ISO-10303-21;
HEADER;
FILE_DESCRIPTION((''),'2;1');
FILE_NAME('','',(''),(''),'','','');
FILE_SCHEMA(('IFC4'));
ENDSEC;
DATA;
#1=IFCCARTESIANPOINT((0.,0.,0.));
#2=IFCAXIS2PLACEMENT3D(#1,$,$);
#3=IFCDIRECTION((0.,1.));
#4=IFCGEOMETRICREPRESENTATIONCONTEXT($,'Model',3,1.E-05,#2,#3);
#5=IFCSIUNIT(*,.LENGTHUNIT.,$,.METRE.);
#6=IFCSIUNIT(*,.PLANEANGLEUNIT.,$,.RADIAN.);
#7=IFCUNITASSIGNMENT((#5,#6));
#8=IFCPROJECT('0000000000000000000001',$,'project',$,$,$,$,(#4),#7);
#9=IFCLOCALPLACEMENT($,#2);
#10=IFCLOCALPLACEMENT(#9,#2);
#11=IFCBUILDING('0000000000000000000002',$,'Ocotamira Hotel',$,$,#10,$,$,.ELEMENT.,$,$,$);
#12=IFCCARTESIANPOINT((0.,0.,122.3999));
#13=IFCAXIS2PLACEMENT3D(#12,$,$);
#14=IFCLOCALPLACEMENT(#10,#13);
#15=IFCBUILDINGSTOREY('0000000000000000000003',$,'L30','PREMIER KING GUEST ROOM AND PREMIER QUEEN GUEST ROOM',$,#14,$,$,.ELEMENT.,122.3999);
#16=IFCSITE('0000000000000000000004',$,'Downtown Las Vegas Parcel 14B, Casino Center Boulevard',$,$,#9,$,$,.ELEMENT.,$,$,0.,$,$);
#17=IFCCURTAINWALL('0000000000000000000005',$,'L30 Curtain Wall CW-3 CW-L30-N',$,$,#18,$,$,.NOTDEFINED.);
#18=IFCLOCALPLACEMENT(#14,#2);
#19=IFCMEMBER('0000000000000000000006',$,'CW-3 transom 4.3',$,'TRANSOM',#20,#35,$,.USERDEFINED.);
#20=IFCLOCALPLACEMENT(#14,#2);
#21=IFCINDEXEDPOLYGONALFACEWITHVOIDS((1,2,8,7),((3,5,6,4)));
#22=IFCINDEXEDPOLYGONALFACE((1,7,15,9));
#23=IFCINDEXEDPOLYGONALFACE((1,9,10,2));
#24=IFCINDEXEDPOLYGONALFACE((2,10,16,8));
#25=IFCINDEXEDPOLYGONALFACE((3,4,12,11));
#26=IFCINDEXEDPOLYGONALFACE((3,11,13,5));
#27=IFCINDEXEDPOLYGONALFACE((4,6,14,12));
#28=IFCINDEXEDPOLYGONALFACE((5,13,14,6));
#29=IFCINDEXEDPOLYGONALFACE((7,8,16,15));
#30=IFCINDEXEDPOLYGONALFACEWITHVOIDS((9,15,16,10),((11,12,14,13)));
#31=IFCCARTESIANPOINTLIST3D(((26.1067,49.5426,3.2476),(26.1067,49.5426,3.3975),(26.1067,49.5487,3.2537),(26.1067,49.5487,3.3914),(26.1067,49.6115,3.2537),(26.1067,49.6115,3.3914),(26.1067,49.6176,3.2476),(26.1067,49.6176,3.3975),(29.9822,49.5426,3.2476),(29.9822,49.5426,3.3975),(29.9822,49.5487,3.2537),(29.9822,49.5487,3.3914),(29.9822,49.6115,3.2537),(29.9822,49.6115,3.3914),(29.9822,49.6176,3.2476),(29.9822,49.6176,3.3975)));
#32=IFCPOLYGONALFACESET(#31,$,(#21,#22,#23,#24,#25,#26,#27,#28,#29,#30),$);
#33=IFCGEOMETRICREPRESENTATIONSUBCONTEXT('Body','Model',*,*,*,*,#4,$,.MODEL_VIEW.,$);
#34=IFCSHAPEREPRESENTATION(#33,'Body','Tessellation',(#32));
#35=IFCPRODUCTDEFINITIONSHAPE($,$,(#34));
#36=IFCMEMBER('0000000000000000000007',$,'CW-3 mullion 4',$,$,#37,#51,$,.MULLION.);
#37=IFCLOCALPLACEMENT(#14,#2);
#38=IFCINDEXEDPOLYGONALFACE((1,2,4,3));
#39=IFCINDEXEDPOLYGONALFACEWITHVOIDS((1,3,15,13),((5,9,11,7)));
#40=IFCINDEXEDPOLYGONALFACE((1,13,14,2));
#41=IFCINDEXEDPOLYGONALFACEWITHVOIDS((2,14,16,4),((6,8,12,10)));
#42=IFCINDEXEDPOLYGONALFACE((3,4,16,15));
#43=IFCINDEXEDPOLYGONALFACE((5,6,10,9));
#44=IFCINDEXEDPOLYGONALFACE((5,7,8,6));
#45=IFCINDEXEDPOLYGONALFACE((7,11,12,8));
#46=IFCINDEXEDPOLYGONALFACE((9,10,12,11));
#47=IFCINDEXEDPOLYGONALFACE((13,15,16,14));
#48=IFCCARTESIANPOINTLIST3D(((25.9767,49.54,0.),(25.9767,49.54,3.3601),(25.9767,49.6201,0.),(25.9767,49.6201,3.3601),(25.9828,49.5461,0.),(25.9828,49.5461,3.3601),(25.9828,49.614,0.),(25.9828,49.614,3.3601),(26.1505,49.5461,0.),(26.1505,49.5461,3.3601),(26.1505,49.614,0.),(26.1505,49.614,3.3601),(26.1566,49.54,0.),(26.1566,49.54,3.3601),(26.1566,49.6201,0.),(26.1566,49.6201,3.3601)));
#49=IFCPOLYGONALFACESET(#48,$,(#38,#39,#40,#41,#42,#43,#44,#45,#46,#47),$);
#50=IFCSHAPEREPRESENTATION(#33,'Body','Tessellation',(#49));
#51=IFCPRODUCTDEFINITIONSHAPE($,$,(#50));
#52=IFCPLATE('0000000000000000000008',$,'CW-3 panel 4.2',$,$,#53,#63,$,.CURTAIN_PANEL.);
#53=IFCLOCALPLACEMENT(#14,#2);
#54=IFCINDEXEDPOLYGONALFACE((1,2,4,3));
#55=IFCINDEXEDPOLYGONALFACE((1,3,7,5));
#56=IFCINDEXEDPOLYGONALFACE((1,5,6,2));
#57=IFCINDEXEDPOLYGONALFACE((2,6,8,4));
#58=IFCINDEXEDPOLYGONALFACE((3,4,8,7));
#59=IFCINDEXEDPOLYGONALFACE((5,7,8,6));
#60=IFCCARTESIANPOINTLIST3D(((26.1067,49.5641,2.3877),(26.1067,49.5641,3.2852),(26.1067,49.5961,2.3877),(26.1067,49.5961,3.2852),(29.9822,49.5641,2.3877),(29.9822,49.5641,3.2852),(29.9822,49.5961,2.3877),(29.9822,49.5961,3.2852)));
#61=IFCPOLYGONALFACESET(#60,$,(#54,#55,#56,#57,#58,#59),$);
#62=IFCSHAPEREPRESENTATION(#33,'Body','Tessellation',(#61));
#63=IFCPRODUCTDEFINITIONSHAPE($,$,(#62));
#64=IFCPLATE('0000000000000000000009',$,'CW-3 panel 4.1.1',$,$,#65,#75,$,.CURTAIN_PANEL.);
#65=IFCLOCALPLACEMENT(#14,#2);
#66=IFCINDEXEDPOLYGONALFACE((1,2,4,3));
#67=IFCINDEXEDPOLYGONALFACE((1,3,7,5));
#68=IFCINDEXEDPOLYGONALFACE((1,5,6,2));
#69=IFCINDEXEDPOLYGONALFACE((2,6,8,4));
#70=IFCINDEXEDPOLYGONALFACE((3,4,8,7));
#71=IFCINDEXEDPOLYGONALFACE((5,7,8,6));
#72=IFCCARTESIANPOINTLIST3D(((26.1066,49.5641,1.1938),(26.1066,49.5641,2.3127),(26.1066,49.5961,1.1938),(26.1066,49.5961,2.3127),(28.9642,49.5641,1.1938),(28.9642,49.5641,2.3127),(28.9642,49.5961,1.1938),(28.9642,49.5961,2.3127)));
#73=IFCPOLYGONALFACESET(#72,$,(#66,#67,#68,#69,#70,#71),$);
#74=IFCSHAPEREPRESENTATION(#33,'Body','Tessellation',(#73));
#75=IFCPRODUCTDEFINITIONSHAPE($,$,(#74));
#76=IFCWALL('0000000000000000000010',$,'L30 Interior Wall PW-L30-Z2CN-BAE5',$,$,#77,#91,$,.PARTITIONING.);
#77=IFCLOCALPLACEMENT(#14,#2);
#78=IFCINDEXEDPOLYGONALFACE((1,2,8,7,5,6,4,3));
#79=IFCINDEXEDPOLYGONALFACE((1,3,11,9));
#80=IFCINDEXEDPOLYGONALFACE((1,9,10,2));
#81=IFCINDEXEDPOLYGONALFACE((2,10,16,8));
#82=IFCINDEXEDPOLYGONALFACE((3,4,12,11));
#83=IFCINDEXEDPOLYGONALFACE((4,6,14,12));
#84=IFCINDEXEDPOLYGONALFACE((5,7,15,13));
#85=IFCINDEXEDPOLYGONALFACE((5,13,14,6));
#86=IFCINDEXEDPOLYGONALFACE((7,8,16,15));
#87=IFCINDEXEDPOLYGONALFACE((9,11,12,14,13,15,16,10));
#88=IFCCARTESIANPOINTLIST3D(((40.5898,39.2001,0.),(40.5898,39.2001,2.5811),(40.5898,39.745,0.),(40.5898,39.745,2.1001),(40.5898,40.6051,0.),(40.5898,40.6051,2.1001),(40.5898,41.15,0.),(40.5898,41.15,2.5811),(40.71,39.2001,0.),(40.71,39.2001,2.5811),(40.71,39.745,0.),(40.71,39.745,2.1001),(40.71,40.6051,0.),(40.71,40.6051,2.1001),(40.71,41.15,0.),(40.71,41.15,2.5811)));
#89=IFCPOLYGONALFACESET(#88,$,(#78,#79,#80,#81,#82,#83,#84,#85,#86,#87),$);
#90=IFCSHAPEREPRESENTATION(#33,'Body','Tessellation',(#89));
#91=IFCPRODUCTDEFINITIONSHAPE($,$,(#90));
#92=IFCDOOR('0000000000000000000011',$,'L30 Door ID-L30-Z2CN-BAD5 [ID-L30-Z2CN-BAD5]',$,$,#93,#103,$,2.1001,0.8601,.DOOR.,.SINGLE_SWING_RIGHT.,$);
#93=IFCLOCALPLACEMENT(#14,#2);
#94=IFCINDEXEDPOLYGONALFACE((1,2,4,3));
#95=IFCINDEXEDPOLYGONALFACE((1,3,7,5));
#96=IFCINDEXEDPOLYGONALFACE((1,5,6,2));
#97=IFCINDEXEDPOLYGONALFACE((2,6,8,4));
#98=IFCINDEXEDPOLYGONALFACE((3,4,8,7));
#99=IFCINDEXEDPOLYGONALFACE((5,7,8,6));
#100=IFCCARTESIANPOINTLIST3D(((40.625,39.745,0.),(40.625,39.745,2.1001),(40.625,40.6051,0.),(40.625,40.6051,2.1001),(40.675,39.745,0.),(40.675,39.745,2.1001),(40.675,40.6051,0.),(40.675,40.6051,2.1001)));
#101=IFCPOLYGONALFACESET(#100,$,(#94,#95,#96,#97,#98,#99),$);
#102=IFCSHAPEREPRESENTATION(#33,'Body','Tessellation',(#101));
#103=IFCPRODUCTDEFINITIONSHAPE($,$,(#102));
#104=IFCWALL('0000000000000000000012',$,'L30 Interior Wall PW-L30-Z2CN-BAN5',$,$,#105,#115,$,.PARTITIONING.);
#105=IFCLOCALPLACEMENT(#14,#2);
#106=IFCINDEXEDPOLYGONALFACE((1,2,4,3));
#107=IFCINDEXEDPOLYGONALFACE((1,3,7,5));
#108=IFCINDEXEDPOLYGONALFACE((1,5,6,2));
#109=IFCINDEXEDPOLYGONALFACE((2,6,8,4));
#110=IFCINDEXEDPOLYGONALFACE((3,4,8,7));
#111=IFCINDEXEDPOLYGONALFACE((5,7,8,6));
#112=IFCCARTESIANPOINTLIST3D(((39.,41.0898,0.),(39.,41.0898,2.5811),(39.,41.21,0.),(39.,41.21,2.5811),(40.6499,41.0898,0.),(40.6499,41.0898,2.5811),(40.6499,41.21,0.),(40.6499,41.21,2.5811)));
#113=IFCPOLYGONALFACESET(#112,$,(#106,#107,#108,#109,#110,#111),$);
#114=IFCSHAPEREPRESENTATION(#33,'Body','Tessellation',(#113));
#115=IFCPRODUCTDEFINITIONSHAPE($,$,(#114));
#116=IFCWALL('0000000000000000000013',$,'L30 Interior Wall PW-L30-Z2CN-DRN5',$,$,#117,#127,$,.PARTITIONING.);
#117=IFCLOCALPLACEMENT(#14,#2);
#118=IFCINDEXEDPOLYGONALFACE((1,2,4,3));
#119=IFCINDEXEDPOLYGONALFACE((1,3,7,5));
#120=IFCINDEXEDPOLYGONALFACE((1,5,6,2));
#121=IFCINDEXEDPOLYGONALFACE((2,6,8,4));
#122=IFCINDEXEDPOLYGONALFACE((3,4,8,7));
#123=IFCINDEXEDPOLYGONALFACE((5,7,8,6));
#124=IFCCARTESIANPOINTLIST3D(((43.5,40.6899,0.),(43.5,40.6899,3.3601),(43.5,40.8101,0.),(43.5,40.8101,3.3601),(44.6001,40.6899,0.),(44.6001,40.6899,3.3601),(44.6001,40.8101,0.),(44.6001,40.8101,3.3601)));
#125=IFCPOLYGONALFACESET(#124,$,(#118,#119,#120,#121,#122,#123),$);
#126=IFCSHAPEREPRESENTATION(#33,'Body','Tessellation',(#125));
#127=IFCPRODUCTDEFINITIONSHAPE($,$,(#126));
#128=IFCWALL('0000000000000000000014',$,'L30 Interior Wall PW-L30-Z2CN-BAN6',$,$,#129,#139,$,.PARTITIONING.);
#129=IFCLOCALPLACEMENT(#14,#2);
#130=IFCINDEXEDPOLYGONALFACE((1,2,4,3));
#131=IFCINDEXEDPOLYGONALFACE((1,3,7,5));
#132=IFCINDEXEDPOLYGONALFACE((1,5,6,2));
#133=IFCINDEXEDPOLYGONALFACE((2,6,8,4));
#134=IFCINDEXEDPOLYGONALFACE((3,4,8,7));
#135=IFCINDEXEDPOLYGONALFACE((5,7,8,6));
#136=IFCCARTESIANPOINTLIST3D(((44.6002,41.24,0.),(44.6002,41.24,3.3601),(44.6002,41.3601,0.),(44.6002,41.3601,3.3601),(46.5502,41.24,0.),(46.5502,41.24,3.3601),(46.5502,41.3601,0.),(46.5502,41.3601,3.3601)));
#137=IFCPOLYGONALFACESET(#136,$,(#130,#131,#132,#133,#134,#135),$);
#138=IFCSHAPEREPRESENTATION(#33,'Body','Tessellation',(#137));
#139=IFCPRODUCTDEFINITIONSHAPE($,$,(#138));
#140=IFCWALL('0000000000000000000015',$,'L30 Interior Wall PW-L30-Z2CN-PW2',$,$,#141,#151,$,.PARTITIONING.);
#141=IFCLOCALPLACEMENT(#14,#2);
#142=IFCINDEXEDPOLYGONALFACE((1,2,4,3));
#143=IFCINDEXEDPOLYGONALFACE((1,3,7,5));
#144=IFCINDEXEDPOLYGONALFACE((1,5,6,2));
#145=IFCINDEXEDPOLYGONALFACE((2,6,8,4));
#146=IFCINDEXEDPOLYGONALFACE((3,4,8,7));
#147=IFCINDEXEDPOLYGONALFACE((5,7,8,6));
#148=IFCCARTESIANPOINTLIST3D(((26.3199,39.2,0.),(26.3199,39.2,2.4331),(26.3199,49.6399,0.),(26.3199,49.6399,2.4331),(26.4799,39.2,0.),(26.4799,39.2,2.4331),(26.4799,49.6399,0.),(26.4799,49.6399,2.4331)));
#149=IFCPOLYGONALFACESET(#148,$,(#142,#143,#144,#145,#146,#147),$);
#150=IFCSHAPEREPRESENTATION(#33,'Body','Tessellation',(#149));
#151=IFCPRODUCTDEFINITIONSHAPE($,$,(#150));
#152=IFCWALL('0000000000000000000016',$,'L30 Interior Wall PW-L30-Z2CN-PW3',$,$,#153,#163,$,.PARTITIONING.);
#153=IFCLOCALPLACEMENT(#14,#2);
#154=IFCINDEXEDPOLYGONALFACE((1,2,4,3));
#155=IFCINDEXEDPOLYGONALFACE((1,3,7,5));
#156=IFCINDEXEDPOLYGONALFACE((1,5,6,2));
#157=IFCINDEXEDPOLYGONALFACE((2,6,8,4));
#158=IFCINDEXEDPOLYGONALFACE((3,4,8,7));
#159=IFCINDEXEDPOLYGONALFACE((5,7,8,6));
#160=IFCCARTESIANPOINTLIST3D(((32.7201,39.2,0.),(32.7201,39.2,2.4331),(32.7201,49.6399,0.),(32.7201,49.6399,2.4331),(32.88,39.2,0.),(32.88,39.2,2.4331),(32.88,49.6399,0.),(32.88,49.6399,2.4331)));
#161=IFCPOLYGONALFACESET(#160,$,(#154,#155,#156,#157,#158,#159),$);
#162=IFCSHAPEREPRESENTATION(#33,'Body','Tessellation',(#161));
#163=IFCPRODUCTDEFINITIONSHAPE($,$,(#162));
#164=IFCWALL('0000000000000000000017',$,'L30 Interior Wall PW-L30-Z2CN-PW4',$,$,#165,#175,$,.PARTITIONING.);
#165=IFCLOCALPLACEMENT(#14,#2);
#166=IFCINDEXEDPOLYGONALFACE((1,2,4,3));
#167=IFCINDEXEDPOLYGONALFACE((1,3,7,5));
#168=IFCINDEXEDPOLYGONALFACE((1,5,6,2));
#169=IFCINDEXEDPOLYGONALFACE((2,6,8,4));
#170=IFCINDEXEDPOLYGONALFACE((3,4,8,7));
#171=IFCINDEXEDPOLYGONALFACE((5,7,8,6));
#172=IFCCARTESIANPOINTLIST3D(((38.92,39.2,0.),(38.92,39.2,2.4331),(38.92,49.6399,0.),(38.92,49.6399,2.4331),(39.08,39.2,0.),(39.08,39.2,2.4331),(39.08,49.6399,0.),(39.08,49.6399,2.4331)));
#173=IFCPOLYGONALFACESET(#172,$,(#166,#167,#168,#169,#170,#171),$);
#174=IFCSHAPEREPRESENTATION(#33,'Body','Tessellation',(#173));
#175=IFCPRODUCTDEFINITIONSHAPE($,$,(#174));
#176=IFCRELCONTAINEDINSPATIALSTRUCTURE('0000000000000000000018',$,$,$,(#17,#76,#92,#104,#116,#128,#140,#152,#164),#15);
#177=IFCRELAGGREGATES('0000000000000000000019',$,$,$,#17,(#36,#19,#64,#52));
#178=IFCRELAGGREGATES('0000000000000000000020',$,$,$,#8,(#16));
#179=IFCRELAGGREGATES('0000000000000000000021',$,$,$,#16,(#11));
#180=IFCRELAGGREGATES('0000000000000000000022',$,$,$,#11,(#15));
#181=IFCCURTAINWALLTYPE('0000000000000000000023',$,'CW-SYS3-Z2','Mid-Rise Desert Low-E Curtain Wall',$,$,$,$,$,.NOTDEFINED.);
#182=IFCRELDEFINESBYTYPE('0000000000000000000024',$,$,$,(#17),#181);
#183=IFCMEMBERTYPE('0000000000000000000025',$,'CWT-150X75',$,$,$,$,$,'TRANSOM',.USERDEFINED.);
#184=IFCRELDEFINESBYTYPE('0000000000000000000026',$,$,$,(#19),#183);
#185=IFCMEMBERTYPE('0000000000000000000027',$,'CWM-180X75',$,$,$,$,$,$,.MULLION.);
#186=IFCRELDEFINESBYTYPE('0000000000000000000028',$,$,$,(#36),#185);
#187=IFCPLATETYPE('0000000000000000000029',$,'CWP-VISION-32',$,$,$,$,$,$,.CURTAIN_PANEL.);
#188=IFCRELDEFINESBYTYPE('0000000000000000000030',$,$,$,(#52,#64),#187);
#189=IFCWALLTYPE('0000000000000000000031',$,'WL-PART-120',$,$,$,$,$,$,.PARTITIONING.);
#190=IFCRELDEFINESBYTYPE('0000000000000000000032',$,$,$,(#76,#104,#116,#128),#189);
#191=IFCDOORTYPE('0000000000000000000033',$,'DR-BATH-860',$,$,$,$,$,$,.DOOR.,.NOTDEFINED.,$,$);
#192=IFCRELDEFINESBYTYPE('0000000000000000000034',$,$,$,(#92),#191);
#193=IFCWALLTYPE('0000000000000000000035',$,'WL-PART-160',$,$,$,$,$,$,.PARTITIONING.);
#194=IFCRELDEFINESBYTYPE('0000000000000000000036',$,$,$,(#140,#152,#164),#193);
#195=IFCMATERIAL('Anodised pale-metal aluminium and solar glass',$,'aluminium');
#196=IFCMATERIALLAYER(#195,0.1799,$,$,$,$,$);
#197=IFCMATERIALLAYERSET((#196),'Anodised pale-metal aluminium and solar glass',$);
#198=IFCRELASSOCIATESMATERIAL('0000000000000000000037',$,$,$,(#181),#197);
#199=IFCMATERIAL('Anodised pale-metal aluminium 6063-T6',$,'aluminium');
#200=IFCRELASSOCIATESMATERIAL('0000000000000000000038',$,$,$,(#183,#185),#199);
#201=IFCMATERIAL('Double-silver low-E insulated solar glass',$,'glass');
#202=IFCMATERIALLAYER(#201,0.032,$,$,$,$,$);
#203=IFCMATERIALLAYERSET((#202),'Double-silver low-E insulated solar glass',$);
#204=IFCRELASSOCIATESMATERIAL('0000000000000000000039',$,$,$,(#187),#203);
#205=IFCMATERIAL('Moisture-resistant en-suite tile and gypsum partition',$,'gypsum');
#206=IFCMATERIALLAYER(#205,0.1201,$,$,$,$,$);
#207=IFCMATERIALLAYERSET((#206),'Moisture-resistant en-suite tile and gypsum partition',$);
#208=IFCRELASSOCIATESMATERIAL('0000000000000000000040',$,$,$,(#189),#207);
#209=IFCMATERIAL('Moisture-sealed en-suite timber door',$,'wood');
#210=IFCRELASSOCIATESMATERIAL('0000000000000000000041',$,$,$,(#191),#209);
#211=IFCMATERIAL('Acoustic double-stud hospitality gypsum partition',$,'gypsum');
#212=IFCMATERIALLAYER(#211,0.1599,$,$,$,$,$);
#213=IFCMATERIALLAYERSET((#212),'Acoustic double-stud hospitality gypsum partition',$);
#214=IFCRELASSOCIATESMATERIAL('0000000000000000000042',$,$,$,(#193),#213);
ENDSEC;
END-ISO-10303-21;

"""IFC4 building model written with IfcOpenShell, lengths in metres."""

from ifc_helpers import new_model, si_unit, direction, frame, frame_2d, origin, origin_2d, place, context, subcontext, project, spatial, rectangle, hollow_rectangle, extrude, source, transform, mapped, material, layer, layer_set, material_profile, profile_set, type_object, element, fill, aggregate, save


model = new_model("IFC4")

# Units and contexts
model_context = context("Model", 3, precision=1e-05, world=origin(), true_north=direction((0.0, 1.0)))
body_context = subcontext(model_context, "Body", "Model", "MODEL_VIEW")
ifc_project = project(units=[si_unit("LENGTHUNIT", "METRE"), si_unit("PLANEANGLEUNIT", "RADIAN")], contexts=[model_context])

# Site, building, storey
site_placement = place(None, origin())
site = spatial("IfcSite", under=ifc_project, at=site_placement, Name="Downtown Las Vegas Parcel 14B, Casino Center Boulevard", CompositionType="ELEMENT", RefElevation=0.0)
building_placement = place(site_placement, origin())
building = spatial("IfcBuilding", under=site, at=building_placement, Name="Ocotamira Hotel", CompositionType="ELEMENT")
storey_placement = place(building_placement, frame((0.0, 0.0, 122.3999)))
storey = spatial("IfcBuildingStorey", under=building, at=storey_placement, Name="L30", Description="PREMIER KING GUEST ROOM AND PREMIER QUEEN GUEST ROOM", CompositionType="ELEMENT", Elevation=122.3999)

# Curtain wall, members, plates
ifc_material_1 = material(Name="Anodised pale-metal aluminium and solar glass", Category="aluminium")
ifc_layer_1 = layer(ifc_material_1, 0.1799)
ifc_layer_set_1 = layer_set([ifc_layer_1], Name="Anodised pale-metal aluminium and solar glass")
curtain_wall_type = type_object("IfcCurtainWallType", Name="CW-SYS3-Z2", Description="Mid-Rise Desert Low-E Curtain Wall", PredefinedType="NOTDEFINED", material=ifc_layer_set_1)
curtain_wall_placement = place(storey_placement, origin())
curtain_wall = element("IfcCurtainWall", 1, at=curtain_wall_placement, inside=storey, type_object=curtain_wall_type, Name="L30 Curtain Wall CW-3 CW-L30-N", PredefinedType="NOTDEFINED")
ifc_material_2 = material(Name="Anodised pale-metal aluminium 6063-T6", Category="aluminium")
ifc_material_profile_1 = material_profile(ifc_material_2, hollow_rectangle(XDim=0.075, YDim=0.1499, WallThickness=0.0061, at=origin_2d()), Name="HSS150X75X6")
ifc_profile_set_1 = profile_set([ifc_material_profile_1], Name="Anodised pale-metal aluminium 6063-T6")
member_type_1 = type_object("IfcMemberType", Name="CWT-150X75", ElementType="TRANSOM", PredefinedType="USERDEFINED", material=ifc_profile_set_1)
shared_shape_1 = source(origin(), body_context, "Body", "SweptSolid", [
    extrude(hollow_rectangle(XDim=0.075, YDim=0.1499, WallThickness=0.0061, at=origin_2d()), origin(), (0.0, 0.0, 1.0), 3.8755),
])
member_1_placement = place(storey_placement, frame((26.1067, 49.5801, 3.3225), z_axis=(1.0, 0.0, 0.0), x_axis=(0.0, 1.0, 0.0)))
member_1 = element("IfcMember", 2, at=member_1_placement, type_object=member_type_1, Name="CW-3 transom 4.3", ObjectType="TRANSOM", PredefinedType="USERDEFINED", context=body_context, shape_type="MappedRepresentation", body=[
    mapped(shared_shape_1, transform((0.0, 0.0, 0.0), scale=1.0)),
])
ifc_material_profile_2 = material_profile(ifc_material_2, hollow_rectangle(XDim=0.0801, YDim=0.1799, WallThickness=0.0061, at=origin_2d()), Name="HSS180X80X6")
ifc_profile_set_2 = profile_set([ifc_material_profile_2], Name="Anodised pale-metal aluminium 6063-T6")
member_type_2 = type_object("IfcMemberType", Name="CWM-180X75", PredefinedType="MULLION", material=ifc_profile_set_2)
shared_shape_2 = source(origin(), body_context, "Body", "SweptSolid", [
    extrude(hollow_rectangle(XDim=0.0801, YDim=0.1799, WallThickness=0.0061, at=origin_2d()), origin(), (0.0, 0.0, 1.0), 3.3601),
])
member_2_placement = place(storey_placement, frame((26.0667, 49.5801, 0.0), z_axis=(0.0, 0.0, 1.0), x_axis=(0.0, 1.0, 0.0)))
member_2 = element("IfcMember", 3, at=member_2_placement, type_object=member_type_2, Name="CW-3 mullion 4", PredefinedType="MULLION", context=body_context, shape_type="MappedRepresentation", body=[
    mapped(shared_shape_2, transform((0.0, 0.0, 0.0), scale=1.0)),
])
ifc_material_3 = material(Name="Double-silver low-E insulated solar glass", Category="glass")
ifc_layer_2 = layer(ifc_material_3, 0.032)
ifc_layer_set_2 = layer_set([ifc_layer_2], Name="Double-silver low-E insulated solar glass")
plate_type = type_object("IfcPlateType", Name="CWP-VISION-32", PredefinedType="CURTAIN_PANEL", material=ifc_layer_set_2)
shared_shape_3 = source(origin(), body_context, "Body", "SweptSolid", [
    extrude(rectangle(XDim=3.8755, YDim=0.032, at=origin_2d()), origin(), (0.0, 0.0, 1.0), 0.8975),
])
plate_1_placement = place(storey_placement, frame((28.0444, 49.5801, 2.3877), z_axis=(0.0, 0.0, 1.0), x_axis=(1.0, 0.0, 0.0)))
plate_1 = element("IfcPlate", 4, at=plate_1_placement, type_object=plate_type, Name="CW-3 panel 4.2", PredefinedType="CURTAIN_PANEL", context=body_context, shape_type="MappedRepresentation", body=[
    mapped(shared_shape_3, transform((0.0, 0.0, 0.0), scale=1.0)),
])
shared_shape_4 = source(origin(), body_context, "Body", "SweptSolid", [
    extrude(rectangle(XDim=2.8577, YDim=0.032, at=origin_2d()), origin(), (0.0, 0.0, 1.0), 1.1189),
])
plate_2_placement = place(storey_placement, frame((27.5354, 49.5801, 1.1938), z_axis=(0.0, 0.0, 1.0), x_axis=(1.0, 0.0, 0.0)))
plate_2 = element("IfcPlate", 5, at=plate_2_placement, type_object=plate_type, Name="CW-3 panel 4.1.1", PredefinedType="CURTAIN_PANEL", context=body_context, shape_type="MappedRepresentation", body=[
    mapped(shared_shape_4, transform((0.0, 0.0, 0.0), scale=1.0)),
])
aggregate(curtain_wall, [member_2, member_1, plate_2, plate_1])

# Wall, opening, door
ifc_material_4 = material(Name="Moisture-resistant en-suite tile and gypsum partition", Category="gypsum")
ifc_layer_3 = layer(ifc_material_4, 0.1201)
ifc_layer_set_3 = layer_set([ifc_layer_3], Name="Moisture-resistant en-suite tile and gypsum partition")
wall_type_1 = type_object("IfcWallType", Name="WL-PART-120", PredefinedType="PARTITIONING", material=ifc_layer_set_3)
wall_1_placement = place(storey_placement, frame((40.6499, 39.2, 0.0), z_axis=(0.0, 0.0, 1.0), x_axis=(0.0, 1.0, 0.0)))
wall_1 = element("IfcWall", 6, at=wall_1_placement, inside=storey, type_object=wall_type_1, Name="L30 Interior Wall PW-L30-Z2CN-BAE5", PredefinedType="PARTITIONING", context=body_context, shape_type="SweptSolid", body=[
    extrude(rectangle(XDim=1.95, YDim=0.1201, at=frame_2d((0.9751, 0.0))), origin(), (0.0, 0.0, 1.0), 2.5811),
])
opening_1_placement = place(wall_1_placement, frame((0.5449, 0.0, 0.0)))
opening_1 = element("IfcOpeningElement", 7, at=opening_1_placement, cuts=wall_1, PredefinedType="OPENING", context=body_context, shape_type="SweptSolid", body=[
    extrude(rectangle(XDim=0.8601, YDim=2.1001, at=frame_2d((0.4302, 1.05))), frame((0.0, 0.0701, 0.0), z_axis=(0.0, -1.0, 0.0), x_axis=(1.0, 0.0, 0.0)), (0.0, 0.0, 1.0), 0.1401),
])
ifc_material_5 = material(Name="Moisture-sealed en-suite timber door", Category="wood")
door_type_1 = type_object("IfcDoorType", Name="DR-BATH-860", OperationType="NOTDEFINED", PredefinedType="DOOR", material=ifc_material_5)
shared_shape_5 = source(origin(), body_context, "Body", "SweptSolid", [
    extrude(rectangle(XDim=0.8601, YDim=2.1001, at=frame_2d((0.4302, 1.05))), frame((0.0, 0.0249, 0.0), z_axis=(0.0, -1.0, 0.0), x_axis=(1.0, 0.0, 0.0)), (0.0, 0.0, 1.0), 0.05),
])
door_1_placement = place(opening_1_placement, origin())
door_1 = element("IfcDoor", 8, at=door_1_placement, inside=storey, type_object=door_type_1, Name="L30 Door ID-L30-Z2CN-BAD5 [ID-L30-Z2CN-BAD5]", OperationType="SINGLE_SWING_RIGHT", OverallHeight=2.1001, OverallWidth=0.8601, PredefinedType="DOOR", context=body_context, shape_type="MappedRepresentation", body=[
    mapped(shared_shape_5, transform((0.0, 0.0, 0.0), scale=1.0)),
])
fill(opening_1, door_1)

# Walls
wall_2_placement = place(storey_placement, frame((39.0, 41.1499, 0.0), z_axis=(0.0, 0.0, 1.0), x_axis=(1.0, 0.0, 0.0)))
element("IfcWall", 9, at=wall_2_placement, inside=storey, type_object=wall_type_1, Name="L30 Interior Wall PW-L30-Z2CN-BAN5", PredefinedType="PARTITIONING", context=body_context, shape_type="SweptSolid", body=[
    extrude(rectangle(XDim=1.6499, YDim=0.1201, at=frame_2d((0.825, 0.0))), origin(), (0.0, 0.0, 1.0), 2.5811),
])
wall_3_placement = place(storey_placement, frame((43.5, 40.75, 0.0), z_axis=(0.0, 0.0, 1.0), x_axis=(1.0, 0.0, 0.0)))
element("IfcWall", 10, at=wall_3_placement, inside=storey, type_object=wall_type_1, Name="L30 Interior Wall PW-L30-Z2CN-DRN5", PredefinedType="PARTITIONING", context=body_context, shape_type="SweptSolid", body=[
    extrude(rectangle(XDim=1.1001, YDim=0.1201, at=frame_2d((0.55, 0.0))), origin(), (0.0, 0.0, 1.0), 3.3601),
])
wall_4_placement = place(storey_placement, frame((44.6001, 41.3, 0.0), z_axis=(0.0, 0.0, 1.0), x_axis=(1.0, 0.0, 0.0)))
element("IfcWall", 11, at=wall_4_placement, inside=storey, type_object=wall_type_1, Name="L30 Interior Wall PW-L30-Z2CN-BAN6", PredefinedType="PARTITIONING", context=body_context, shape_type="SweptSolid", body=[
    extrude(rectangle(XDim=1.95, YDim=0.1201, at=frame_2d((0.9751, 0.0))), origin(), (0.0, 0.0, 1.0), 3.3601),
])
ifc_material_6 = material(Name="Acoustic double-stud hospitality gypsum partition", Category="gypsum")
ifc_layer_4 = layer(ifc_material_6, 0.1599)
ifc_layer_set_4 = layer_set([ifc_layer_4], Name="Acoustic double-stud hospitality gypsum partition")
wall_type_2 = type_object("IfcWallType", Name="WL-PART-160", PredefinedType="PARTITIONING", material=ifc_layer_set_4)
for number, where, z_axis, x_axis, name in (
    (12, (26.3999, 39.2, 0.0), (0.0, 0.0, 1.0), (0.0, 1.0, 0.0), "L30 Interior Wall PW-L30-Z2CN-PW2"),
    (13, (32.8, 39.2, 0.0), (0.0, 0.0, 1.0), (0.0, 1.0, 0.0), "L30 Interior Wall PW-L30-Z2CN-PW3"),
    (14, (39.0, 39.2, 0.0), (0.0, 0.0, 1.0), (0.0, 1.0, 0.0), "L30 Interior Wall PW-L30-Z2CN-PW4"),
):
    element("IfcWall", number, at=place(storey_placement, frame(where, z_axis=z_axis, x_axis=x_axis)), inside=storey, type_object=wall_type_2, Name=name, PredefinedType="PARTITIONING", context=body_context, shape_type="SweptSolid", body=[
        extrude(rectangle(XDim=10.4399, YDim=0.1599, at=frame_2d((5.22, 0.0))), origin(), (0.0, 0.0, 1.0), 2.4331),
    ])

save(model, "model.ifc")
